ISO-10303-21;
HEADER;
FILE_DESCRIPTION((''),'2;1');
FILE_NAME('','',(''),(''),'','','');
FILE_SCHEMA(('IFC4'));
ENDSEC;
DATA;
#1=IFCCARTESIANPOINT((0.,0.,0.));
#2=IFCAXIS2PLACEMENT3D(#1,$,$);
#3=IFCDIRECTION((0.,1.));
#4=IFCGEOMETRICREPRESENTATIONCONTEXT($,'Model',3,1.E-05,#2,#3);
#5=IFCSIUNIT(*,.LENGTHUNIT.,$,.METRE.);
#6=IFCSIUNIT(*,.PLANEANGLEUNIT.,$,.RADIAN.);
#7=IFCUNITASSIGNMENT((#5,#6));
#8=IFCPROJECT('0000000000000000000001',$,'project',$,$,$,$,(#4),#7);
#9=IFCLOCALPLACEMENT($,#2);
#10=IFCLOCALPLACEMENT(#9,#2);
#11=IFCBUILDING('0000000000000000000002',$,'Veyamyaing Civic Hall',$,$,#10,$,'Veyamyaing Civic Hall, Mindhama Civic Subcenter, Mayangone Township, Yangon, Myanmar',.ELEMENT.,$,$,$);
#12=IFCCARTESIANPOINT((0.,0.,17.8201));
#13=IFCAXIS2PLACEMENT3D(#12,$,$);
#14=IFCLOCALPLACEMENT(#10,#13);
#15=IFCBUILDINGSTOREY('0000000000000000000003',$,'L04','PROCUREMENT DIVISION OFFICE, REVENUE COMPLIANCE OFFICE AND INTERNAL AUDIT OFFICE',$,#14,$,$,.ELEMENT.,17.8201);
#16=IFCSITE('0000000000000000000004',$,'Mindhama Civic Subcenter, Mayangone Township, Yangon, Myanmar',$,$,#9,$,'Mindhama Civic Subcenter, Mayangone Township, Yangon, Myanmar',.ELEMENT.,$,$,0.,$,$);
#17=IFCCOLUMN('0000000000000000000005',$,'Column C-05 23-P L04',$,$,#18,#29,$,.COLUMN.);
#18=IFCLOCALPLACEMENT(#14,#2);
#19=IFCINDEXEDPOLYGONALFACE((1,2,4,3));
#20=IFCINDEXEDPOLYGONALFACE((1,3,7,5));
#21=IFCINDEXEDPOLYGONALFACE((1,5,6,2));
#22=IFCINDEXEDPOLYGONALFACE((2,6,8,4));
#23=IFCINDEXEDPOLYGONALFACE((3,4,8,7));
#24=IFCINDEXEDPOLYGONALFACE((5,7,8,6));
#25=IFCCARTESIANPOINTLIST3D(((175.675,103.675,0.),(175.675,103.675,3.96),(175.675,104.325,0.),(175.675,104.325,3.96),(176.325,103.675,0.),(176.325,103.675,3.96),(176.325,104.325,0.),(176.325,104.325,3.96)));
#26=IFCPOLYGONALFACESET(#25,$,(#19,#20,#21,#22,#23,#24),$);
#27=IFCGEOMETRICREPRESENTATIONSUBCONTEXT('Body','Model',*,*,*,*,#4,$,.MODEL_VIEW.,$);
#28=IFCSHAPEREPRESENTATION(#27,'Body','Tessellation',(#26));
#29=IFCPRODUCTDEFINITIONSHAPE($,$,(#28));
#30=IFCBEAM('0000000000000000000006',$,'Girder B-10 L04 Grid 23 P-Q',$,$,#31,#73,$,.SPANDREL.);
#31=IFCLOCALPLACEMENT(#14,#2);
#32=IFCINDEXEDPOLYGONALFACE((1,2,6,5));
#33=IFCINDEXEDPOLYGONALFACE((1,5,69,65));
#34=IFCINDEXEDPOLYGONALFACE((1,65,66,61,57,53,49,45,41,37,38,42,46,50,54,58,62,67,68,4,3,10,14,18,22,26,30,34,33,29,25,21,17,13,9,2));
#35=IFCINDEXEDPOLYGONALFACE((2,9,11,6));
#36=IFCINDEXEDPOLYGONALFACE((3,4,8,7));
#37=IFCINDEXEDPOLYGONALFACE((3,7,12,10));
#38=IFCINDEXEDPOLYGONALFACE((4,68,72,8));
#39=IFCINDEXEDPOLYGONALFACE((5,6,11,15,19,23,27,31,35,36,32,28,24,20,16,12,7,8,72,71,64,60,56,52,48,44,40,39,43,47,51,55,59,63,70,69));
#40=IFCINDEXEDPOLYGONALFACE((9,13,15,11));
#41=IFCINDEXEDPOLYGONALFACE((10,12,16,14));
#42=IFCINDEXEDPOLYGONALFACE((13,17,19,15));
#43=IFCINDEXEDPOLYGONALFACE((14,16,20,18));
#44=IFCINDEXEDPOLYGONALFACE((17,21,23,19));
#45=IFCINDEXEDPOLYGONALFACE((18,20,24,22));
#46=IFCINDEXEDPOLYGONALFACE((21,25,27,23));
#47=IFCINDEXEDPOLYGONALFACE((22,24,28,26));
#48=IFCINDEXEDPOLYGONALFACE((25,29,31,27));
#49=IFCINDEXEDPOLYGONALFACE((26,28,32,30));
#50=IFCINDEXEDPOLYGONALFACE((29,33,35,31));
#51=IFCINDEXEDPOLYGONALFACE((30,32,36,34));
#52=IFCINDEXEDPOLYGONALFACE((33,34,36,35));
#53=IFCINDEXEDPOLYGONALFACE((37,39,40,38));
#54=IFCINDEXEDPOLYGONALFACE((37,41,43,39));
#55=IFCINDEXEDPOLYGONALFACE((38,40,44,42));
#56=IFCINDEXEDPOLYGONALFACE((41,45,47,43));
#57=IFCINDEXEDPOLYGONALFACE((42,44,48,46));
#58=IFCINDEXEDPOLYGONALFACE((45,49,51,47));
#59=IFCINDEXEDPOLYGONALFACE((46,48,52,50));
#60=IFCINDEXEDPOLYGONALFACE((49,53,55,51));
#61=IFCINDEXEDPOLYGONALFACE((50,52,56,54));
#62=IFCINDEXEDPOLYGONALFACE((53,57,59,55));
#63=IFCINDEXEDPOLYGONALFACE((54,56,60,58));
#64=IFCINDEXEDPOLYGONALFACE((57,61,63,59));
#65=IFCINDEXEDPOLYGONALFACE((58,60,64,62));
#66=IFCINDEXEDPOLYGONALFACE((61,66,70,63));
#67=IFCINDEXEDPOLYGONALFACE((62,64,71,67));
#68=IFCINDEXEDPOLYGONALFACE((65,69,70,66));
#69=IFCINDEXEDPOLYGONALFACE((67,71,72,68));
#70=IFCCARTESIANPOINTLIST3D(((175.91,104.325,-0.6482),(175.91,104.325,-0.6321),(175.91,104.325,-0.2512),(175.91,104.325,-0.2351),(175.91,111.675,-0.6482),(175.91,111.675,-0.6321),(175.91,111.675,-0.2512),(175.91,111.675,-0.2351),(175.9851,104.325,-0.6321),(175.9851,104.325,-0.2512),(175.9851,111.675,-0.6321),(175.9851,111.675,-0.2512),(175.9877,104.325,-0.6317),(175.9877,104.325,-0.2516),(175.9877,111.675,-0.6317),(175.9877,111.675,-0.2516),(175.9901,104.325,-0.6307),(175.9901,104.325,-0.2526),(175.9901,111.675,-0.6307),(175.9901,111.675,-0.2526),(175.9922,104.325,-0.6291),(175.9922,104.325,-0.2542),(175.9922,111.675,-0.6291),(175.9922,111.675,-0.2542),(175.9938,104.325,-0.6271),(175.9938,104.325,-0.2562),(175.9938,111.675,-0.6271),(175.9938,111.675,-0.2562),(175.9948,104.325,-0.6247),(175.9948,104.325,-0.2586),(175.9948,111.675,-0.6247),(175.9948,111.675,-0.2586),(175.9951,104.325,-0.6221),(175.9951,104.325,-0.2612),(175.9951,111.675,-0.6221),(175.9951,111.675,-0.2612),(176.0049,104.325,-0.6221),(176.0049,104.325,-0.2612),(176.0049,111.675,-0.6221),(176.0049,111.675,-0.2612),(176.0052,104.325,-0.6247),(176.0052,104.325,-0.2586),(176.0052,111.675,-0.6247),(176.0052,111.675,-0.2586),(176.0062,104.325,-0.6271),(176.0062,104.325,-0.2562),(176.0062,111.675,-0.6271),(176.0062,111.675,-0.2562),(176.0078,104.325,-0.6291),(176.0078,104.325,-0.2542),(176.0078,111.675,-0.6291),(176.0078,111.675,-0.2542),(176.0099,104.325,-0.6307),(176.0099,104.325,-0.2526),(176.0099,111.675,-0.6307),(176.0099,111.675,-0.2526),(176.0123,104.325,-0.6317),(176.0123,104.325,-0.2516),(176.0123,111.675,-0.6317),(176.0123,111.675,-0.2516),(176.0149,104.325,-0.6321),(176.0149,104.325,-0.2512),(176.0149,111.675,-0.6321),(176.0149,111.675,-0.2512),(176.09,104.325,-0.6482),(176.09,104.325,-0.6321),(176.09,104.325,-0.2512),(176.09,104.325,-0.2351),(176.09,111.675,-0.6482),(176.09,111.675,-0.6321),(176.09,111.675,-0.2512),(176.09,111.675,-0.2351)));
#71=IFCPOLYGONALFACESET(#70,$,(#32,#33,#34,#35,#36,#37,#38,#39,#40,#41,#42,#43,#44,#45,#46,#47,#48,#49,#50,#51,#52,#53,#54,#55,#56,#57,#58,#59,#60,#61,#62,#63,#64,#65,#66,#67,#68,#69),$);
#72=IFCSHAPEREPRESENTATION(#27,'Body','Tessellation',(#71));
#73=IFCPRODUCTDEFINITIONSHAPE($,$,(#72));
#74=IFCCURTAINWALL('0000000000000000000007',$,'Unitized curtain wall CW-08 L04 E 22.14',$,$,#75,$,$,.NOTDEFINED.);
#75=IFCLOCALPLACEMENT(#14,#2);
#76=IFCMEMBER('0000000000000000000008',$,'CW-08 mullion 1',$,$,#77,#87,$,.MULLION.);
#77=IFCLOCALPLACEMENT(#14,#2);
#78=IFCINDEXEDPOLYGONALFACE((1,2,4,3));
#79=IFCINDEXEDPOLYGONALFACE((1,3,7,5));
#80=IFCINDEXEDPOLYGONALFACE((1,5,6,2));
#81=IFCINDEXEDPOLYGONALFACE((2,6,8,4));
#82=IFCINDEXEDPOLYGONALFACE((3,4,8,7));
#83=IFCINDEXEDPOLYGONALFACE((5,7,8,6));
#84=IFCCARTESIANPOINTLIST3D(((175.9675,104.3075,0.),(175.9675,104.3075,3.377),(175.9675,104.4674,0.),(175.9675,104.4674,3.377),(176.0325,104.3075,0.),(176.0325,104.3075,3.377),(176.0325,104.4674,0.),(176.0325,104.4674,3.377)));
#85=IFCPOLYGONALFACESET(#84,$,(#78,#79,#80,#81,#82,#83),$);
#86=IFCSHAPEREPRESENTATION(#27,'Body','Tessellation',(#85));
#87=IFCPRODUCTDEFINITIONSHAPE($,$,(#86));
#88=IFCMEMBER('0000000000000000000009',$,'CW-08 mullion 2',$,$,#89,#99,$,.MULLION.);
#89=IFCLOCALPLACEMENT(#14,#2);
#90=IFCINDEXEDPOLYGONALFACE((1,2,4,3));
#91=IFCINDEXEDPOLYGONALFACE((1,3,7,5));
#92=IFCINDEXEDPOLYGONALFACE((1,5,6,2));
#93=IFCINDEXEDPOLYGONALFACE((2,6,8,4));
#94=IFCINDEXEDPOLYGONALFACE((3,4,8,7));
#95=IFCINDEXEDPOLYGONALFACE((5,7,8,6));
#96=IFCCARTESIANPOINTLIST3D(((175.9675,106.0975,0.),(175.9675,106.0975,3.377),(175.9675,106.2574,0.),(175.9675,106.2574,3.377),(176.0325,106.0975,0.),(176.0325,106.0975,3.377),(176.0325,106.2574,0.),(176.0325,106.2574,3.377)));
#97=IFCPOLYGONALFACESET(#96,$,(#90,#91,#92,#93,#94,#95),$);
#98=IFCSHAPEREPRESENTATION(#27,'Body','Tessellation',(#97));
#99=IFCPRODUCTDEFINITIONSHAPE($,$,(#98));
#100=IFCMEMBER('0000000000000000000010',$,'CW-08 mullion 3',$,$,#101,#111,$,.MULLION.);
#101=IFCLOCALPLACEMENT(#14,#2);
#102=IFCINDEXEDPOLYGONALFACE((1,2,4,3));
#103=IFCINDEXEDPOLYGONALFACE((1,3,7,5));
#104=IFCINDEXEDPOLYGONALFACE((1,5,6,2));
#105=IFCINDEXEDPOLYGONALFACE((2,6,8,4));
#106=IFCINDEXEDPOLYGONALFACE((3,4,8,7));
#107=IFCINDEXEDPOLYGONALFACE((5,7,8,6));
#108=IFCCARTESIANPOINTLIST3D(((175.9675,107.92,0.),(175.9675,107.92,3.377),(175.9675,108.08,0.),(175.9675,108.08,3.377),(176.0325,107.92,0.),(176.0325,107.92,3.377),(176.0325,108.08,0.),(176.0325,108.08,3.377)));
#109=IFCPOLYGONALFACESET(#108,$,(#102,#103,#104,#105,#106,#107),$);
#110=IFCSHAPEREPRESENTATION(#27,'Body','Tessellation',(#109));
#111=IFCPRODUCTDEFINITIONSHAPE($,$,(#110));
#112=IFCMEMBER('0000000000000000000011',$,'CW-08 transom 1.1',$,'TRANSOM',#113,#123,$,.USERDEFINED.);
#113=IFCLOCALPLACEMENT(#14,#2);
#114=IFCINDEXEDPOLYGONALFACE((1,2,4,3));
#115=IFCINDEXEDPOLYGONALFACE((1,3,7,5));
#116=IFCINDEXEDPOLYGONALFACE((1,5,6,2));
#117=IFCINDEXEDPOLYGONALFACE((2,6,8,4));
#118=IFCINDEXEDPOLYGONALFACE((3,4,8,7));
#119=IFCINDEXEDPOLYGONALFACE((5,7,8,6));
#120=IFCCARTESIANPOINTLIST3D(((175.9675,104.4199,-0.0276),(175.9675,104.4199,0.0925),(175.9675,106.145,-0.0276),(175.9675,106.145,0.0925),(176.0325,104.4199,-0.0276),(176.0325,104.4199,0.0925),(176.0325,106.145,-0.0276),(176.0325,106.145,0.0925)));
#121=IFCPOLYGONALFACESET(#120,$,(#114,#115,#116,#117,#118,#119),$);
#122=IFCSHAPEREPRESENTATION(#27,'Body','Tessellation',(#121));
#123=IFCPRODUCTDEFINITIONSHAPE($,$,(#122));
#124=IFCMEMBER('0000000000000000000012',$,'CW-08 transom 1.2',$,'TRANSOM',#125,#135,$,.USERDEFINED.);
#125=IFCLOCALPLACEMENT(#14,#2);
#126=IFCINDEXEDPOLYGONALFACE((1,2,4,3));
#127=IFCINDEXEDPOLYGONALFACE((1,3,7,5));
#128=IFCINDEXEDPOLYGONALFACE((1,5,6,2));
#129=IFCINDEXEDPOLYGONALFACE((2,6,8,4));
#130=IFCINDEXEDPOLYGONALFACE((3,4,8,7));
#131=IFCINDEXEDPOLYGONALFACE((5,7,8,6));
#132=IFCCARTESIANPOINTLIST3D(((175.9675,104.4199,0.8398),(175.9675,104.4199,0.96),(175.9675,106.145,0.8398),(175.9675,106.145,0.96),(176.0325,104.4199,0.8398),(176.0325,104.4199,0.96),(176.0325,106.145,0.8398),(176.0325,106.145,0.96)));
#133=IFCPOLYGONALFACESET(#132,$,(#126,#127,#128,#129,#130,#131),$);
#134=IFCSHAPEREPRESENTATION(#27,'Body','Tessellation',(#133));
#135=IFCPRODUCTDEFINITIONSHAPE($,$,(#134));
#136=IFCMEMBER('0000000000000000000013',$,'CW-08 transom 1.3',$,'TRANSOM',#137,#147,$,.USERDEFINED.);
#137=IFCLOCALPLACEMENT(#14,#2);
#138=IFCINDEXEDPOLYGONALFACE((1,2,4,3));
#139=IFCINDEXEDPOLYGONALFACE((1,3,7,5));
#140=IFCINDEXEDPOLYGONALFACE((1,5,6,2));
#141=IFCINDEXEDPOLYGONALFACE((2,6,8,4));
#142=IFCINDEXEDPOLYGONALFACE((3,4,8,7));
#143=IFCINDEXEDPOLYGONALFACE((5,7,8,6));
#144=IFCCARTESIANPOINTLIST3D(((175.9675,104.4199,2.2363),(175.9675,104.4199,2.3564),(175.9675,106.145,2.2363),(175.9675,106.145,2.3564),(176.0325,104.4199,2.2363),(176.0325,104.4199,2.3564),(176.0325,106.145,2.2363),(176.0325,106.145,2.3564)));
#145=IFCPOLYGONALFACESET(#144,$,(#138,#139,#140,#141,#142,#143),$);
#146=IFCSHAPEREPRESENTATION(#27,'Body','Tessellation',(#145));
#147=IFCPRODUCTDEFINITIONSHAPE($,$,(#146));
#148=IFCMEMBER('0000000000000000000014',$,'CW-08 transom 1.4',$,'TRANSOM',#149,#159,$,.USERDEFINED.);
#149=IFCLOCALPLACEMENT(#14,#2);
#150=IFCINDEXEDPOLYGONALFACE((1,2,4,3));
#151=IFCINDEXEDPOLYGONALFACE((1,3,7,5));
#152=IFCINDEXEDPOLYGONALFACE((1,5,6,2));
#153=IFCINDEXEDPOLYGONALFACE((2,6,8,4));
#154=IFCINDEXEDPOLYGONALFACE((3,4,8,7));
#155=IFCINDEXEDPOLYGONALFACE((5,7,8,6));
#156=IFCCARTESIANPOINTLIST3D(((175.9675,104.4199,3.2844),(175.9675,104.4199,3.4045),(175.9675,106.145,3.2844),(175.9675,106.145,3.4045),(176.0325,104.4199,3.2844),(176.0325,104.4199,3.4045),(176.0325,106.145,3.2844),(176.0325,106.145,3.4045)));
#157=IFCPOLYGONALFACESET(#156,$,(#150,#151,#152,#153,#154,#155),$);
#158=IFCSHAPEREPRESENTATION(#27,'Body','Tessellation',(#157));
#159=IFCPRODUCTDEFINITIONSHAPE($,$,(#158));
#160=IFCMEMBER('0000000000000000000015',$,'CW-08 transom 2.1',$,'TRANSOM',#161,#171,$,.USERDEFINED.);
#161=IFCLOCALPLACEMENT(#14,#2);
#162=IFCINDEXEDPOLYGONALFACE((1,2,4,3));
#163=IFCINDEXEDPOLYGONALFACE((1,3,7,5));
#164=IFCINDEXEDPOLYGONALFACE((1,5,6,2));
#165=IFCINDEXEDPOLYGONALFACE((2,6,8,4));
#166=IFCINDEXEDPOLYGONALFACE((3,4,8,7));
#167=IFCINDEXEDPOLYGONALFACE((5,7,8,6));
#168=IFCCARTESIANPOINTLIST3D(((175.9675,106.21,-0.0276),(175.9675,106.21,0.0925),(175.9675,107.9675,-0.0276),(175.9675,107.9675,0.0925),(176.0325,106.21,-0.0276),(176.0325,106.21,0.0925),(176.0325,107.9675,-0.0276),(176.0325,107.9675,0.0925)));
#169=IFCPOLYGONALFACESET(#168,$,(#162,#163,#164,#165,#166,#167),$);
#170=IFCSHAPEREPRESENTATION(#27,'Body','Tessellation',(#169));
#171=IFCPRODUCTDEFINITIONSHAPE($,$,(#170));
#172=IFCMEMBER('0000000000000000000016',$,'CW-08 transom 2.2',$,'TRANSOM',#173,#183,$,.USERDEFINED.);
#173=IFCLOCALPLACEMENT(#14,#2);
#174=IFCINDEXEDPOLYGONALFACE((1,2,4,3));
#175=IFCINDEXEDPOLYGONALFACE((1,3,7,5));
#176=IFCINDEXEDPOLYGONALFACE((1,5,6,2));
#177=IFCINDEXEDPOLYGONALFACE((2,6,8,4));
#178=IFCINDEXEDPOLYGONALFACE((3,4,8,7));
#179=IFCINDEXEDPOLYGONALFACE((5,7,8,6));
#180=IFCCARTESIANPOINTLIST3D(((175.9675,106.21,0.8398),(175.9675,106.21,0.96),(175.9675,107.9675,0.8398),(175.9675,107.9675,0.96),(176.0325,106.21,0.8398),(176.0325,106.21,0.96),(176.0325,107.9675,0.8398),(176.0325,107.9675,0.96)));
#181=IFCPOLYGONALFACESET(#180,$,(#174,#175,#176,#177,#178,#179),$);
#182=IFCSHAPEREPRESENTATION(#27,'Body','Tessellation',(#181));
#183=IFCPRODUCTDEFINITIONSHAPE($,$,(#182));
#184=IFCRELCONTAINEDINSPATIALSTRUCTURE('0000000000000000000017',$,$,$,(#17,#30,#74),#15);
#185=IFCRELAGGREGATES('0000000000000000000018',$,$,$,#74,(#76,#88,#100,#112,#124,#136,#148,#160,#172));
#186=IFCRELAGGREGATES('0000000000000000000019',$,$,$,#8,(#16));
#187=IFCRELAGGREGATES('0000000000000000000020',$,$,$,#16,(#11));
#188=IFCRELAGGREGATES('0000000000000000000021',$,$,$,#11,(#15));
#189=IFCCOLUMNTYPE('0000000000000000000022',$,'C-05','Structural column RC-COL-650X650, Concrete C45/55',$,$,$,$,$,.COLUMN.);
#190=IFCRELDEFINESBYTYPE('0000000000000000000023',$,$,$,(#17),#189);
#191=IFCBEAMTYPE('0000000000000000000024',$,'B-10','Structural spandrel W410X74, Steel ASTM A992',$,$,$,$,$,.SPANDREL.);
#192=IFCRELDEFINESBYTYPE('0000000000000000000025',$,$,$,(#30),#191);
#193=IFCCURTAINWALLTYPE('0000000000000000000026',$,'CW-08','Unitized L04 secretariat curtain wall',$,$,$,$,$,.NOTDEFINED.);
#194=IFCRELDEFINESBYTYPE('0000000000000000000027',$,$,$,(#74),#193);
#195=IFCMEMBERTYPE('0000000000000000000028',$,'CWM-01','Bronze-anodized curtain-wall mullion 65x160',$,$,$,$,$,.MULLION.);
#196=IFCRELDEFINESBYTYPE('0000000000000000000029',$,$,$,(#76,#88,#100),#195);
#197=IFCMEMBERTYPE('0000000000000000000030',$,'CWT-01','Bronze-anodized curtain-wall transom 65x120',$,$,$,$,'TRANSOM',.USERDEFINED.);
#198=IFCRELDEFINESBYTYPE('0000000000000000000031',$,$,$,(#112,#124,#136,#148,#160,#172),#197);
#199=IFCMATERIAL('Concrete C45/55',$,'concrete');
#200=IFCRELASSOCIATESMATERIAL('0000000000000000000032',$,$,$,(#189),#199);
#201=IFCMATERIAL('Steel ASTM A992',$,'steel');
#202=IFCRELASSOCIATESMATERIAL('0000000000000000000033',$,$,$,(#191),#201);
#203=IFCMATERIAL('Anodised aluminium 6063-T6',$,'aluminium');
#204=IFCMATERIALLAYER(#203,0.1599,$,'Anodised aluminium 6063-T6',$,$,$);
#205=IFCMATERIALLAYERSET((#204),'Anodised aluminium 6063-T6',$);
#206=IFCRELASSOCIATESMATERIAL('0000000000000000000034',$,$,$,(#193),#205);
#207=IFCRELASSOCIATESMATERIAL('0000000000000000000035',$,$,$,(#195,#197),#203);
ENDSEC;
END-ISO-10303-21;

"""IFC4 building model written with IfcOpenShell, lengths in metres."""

from ifc_helpers import new_model, si_unit, direction, frame, origin, origin_2d, place, context, subcontext, project, spatial, rectangle, i_section, extrude, material, layer, layer_set, material_profile, profile_set, type_object, element, aggregate, save


model = new_model("IFC4")

# Units and contexts
model_context = context("Model", 3, precision=1e-05, world=origin(), true_north=direction((0.0, 1.0)))
body_context = subcontext(model_context, "Body", "Model", "MODEL_VIEW")
ifc_project = project(units=[si_unit("LENGTHUNIT", "METRE"), si_unit("PLANEANGLEUNIT", "RADIAN")], contexts=[model_context])

# Site, building, storey
site_placement = place(None, origin())
site = spatial("IfcSite", under=ifc_project, at=site_placement, Name="Mindhama Civic Subcenter, Mayangone Township, Yangon, Myanmar", LongName="Mindhama Civic Subcenter, Mayangone Township, Yangon, Myanmar", CompositionType="ELEMENT", RefElevation=0.0)
building_placement = place(site_placement, origin())
building = spatial("IfcBuilding", under=site, at=building_placement, Name="Veyamyaing Civic Hall", LongName="Veyamyaing Civic Hall, Mindhama Civic Subcenter, Mayangone Township, Yangon, Myanmar", CompositionType="ELEMENT")
storey_placement = place(building_placement, frame((0.0, 0.0, 17.8201)))
storey = spatial("IfcBuildingStorey", under=building, at=storey_placement, Name="L04", Description="PROCUREMENT DIVISION OFFICE, REVENUE COMPLIANCE OFFICE AND INTERNAL AUDIT OFFICE", CompositionType="ELEMENT", Elevation=17.8201)

# Column
ifc_material_1 = material(Name="Concrete C45/55", Category="concrete")
ifc_material_profile_1 = material_profile(ifc_material_1, rectangle(XDim=0.6499, YDim=0.6499, at=origin_2d()), Name="RC-COL-650X650")
ifc_profile_set_1 = profile_set([ifc_material_profile_1], Name="Concrete C45/55")
column_type = type_object("IfcColumnType", Name="C-05", Description="Structural column RC-COL-650X650, Concrete C45/55", PredefinedType="COLUMN", material=ifc_profile_set_1)
column_placement = place(storey_placement, frame((176.0, 104.0, 0.0), z_axis=(0.0, 0.0, 1.0), x_axis=(1.0, 0.0, 0.0)))
element("IfcColumn", 1, at=column_placement, inside=storey, type_object=column_type, Name="Column C-05 23-P L04", PredefinedType="COLUMN", context=body_context, shape_type="SweptSolid", body=[
    extrude(rectangle(XDim=0.6499, YDim=0.6499, at=origin_2d()), origin(), (0.0, 0.0, 1.0), 3.96),
])

# Beam
ifc_material_2 = material(Name="Steel ASTM A992", Category="steel")
ifc_material_profile_2 = material_profile(ifc_material_2, i_section(OverallWidth=0.1799, OverallDepth=0.4131, WebThickness=0.0098, FlangeThickness=0.0161, FilletRadius=0.01, at=origin_2d()), Name="W410X74")
ifc_profile_set_2 = profile_set([ifc_material_profile_2], Name="Steel ASTM A992")
beam_type = type_object("IfcBeamType", Name="B-10", Description="Structural spandrel W410X74, Steel ASTM A992", PredefinedType="SPANDREL", material=ifc_profile_set_2)
beam_placement = place(storey_placement, frame((176.0, 104.325, -0.4417), z_axis=(0.0, 1.0, 0.0), x_axis=(-1.0, 0.0, 0.0)))
element("IfcBeam", 2, at=beam_placement, inside=storey, type_object=beam_type, Name="Girder B-10 L04 Grid 23 P-Q", PredefinedType="SPANDREL", context=body_context, shape_type="SweptSolid", body=[
    extrude(i_section(OverallWidth=0.1799, OverallDepth=0.4131, WebThickness=0.0098, FlangeThickness=0.0161, FilletRadius=0.01, at=origin_2d()), origin(), (0.0, 0.0, 1.0), 7.3501),
])

# Curtain wall, members
ifc_material_3 = material(Name="Anodised aluminium 6063-T6", Category="aluminium")
ifc_layer_1 = layer(ifc_material_3, 0.1599, Name="Anodised aluminium 6063-T6")
ifc_layer_set_1 = layer_set([ifc_layer_1], Name="Anodised aluminium 6063-T6")
curtain_wall_type = type_object("IfcCurtainWallType", Name="CW-08", Description="Unitized L04 secretariat curtain wall", PredefinedType="NOTDEFINED", material=ifc_layer_set_1)
curtain_wall_placement = place(storey_placement, origin())
curtain_wall = element("IfcCurtainWall", 3, at=curtain_wall_placement, inside=storey, type_object=curtain_wall_type, Name="Unitized curtain wall CW-08 L04 E 22.14", PredefinedType="NOTDEFINED")
ifc_material_profile_3 = material_profile(ifc_material_3, rectangle(XDim=0.0649, YDim=0.1599, at=origin_2d()), Name="ALU-MUL-65X160")
ifc_profile_set_3 = profile_set([ifc_material_profile_3], Name="Anodised aluminium 6063-T6")
member_type_1 = type_object("IfcMemberType", Name="CWM-01", Description="Bronze-anodized curtain-wall mullion 65x160", PredefinedType="MULLION", material=ifc_profile_set_3)
member_1_placement = place(storey_placement, frame((176.0, 104.3875, 0.0), z_axis=(0.0, 0.0, 1.0), x_axis=(-1.0, 0.0, 0.0)))
member_1 = element("IfcMember", 4, at=member_1_placement, type_object=member_type_1, Name="CW-08 mullion 1", PredefinedType="MULLION", context=body_context, shape_type="SweptSolid", body=[
    extrude(rectangle(XDim=0.0649, YDim=0.1599, at=origin_2d()), origin(), (0.0, 0.0, 1.0), 3.377),
])
member_2_placement = place(storey_placement, frame((176.0, 106.1775, 0.0), z_axis=(0.0, 0.0, 1.0), x_axis=(-1.0, 0.0, 0.0)))
member_2 = element("IfcMember", 5, at=member_2_placement, type_object=member_type_1, Name="CW-08 mullion 2", PredefinedType="MULLION", context=body_context, shape_type="SweptSolid", body=[
    extrude(rectangle(XDim=0.0649, YDim=0.1599, at=origin_2d()), origin(), (0.0, 0.0, 1.0), 3.377),
])
member_3_placement = place(storey_placement, frame((176.0, 108.0, 0.0), z_axis=(0.0, 0.0, 1.0), x_axis=(-1.0, 0.0, 0.0)))
member_3 = element("IfcMember", 6, at=member_3_placement, type_object=member_type_1, Name="CW-08 mullion 3", PredefinedType="MULLION", context=body_context, shape_type="SweptSolid", body=[
    extrude(rectangle(XDim=0.0649, YDim=0.1599, at=origin_2d()), origin(), (0.0, 0.0, 1.0), 3.377),
])
ifc_material_profile_4 = material_profile(ifc_material_3, rectangle(XDim=0.0649, YDim=0.1201, at=origin_2d()), Name="ALU-TRN-65X120")
ifc_profile_set_4 = profile_set([ifc_material_profile_4], Name="Anodised aluminium 6063-T6")
member_type_2 = type_object("IfcMemberType", Name="CWT-01", Description="Bronze-anodized curtain-wall transom 65x120", ElementType="TRANSOM", PredefinedType="USERDEFINED", material=ifc_profile_set_4)
member_4_placement = place(storey_placement, frame((176.0, 104.4199, 0.0325), z_axis=(0.0, 1.0, 0.0), x_axis=(-1.0, 0.0, 0.0)))
member_4 = element("IfcMember", 7, at=member_4_placement, type_object=member_type_2, Name="CW-08 transom 1.1", ObjectType="TRANSOM", PredefinedType="USERDEFINED", context=body_context, shape_type="SweptSolid", body=[
    extrude(rectangle(XDim=0.0649, YDim=0.1201, at=origin_2d()), origin(), (0.0, 0.0, 1.0), 1.7251),
])
member_5_placement = place(storey_placement, frame((176.0, 104.4199, 0.8999), z_axis=(0.0, 1.0, 0.0), x_axis=(-1.0, 0.0, 0.0)))
member_5 = element("IfcMember", 8, at=member_5_placement, type_object=member_type_2, Name="CW-08 transom 1.2", ObjectType="TRANSOM", PredefinedType="USERDEFINED", context=body_context, shape_type="SweptSolid", body=[
    extrude(rectangle(XDim=0.0649, YDim=0.1201, at=origin_2d()), origin(), (0.0, 0.0, 1.0), 1.7251),
])
member_6_placement = place(storey_placement, frame((176.0, 104.4199, 2.2964), z_axis=(0.0, 1.0, 0.0), x_axis=(-1.0, 0.0, 0.0)))
member_6 = element("IfcMember", 9, at=member_6_placement, type_object=member_type_2, Name="CW-08 transom 1.3", ObjectType="TRANSOM", PredefinedType="USERDEFINED", context=body_context, shape_type="SweptSolid", body=[
    extrude(rectangle(XDim=0.0649, YDim=0.1201, at=origin_2d()), origin(), (0.0, 0.0, 1.0), 1.7251),
])
member_7_placement = place(storey_placement, frame((176.0, 104.4199, 3.3445), z_axis=(0.0, 1.0, 0.0), x_axis=(-1.0, 0.0, 0.0)))
member_7 = element("IfcMember", 10, at=member_7_placement, type_object=member_type_2, Name="CW-08 transom 1.4", ObjectType="TRANSOM", PredefinedType="USERDEFINED", context=body_context, shape_type="SweptSolid", body=[
    extrude(rectangle(XDim=0.0649, YDim=0.1201, at=origin_2d()), origin(), (0.0, 0.0, 1.0), 1.7251),
])
member_8_placement = place(storey_placement, frame((176.0, 106.21, 0.0325), z_axis=(0.0, 1.0, 0.0), x_axis=(-1.0, 0.0, 0.0)))
member_8 = element("IfcMember", 11, at=member_8_placement, type_object=member_type_2, Name="CW-08 transom 2.1", ObjectType="TRANSOM", PredefinedType="USERDEFINED", context=body_context, shape_type="SweptSolid", body=[
    extrude(rectangle(XDim=0.0649, YDim=0.1201, at=origin_2d()), origin(), (0.0, 0.0, 1.0), 1.7576),
])
member_9_placement = place(storey_placement, frame((176.0, 106.21, 0.8999), z_axis=(0.0, 1.0, 0.0), x_axis=(-1.0, 0.0, 0.0)))
member_9 = element("IfcMember", 12, at=member_9_placement, type_object=member_type_2, Name="CW-08 transom 2.2", ObjectType="TRANSOM", PredefinedType="USERDEFINED", context=body_context, shape_type="SweptSolid", body=[
    extrude(rectangle(XDim=0.0649, YDim=0.1201, at=origin_2d()), origin(), (0.0, 0.0, 1.0), 1.7576),
])
aggregate(curtain_wall, [member_1, member_2, member_3, member_4, member_5, member_6, member_7, member_8, member_9])

save(model, "model.ifc")
